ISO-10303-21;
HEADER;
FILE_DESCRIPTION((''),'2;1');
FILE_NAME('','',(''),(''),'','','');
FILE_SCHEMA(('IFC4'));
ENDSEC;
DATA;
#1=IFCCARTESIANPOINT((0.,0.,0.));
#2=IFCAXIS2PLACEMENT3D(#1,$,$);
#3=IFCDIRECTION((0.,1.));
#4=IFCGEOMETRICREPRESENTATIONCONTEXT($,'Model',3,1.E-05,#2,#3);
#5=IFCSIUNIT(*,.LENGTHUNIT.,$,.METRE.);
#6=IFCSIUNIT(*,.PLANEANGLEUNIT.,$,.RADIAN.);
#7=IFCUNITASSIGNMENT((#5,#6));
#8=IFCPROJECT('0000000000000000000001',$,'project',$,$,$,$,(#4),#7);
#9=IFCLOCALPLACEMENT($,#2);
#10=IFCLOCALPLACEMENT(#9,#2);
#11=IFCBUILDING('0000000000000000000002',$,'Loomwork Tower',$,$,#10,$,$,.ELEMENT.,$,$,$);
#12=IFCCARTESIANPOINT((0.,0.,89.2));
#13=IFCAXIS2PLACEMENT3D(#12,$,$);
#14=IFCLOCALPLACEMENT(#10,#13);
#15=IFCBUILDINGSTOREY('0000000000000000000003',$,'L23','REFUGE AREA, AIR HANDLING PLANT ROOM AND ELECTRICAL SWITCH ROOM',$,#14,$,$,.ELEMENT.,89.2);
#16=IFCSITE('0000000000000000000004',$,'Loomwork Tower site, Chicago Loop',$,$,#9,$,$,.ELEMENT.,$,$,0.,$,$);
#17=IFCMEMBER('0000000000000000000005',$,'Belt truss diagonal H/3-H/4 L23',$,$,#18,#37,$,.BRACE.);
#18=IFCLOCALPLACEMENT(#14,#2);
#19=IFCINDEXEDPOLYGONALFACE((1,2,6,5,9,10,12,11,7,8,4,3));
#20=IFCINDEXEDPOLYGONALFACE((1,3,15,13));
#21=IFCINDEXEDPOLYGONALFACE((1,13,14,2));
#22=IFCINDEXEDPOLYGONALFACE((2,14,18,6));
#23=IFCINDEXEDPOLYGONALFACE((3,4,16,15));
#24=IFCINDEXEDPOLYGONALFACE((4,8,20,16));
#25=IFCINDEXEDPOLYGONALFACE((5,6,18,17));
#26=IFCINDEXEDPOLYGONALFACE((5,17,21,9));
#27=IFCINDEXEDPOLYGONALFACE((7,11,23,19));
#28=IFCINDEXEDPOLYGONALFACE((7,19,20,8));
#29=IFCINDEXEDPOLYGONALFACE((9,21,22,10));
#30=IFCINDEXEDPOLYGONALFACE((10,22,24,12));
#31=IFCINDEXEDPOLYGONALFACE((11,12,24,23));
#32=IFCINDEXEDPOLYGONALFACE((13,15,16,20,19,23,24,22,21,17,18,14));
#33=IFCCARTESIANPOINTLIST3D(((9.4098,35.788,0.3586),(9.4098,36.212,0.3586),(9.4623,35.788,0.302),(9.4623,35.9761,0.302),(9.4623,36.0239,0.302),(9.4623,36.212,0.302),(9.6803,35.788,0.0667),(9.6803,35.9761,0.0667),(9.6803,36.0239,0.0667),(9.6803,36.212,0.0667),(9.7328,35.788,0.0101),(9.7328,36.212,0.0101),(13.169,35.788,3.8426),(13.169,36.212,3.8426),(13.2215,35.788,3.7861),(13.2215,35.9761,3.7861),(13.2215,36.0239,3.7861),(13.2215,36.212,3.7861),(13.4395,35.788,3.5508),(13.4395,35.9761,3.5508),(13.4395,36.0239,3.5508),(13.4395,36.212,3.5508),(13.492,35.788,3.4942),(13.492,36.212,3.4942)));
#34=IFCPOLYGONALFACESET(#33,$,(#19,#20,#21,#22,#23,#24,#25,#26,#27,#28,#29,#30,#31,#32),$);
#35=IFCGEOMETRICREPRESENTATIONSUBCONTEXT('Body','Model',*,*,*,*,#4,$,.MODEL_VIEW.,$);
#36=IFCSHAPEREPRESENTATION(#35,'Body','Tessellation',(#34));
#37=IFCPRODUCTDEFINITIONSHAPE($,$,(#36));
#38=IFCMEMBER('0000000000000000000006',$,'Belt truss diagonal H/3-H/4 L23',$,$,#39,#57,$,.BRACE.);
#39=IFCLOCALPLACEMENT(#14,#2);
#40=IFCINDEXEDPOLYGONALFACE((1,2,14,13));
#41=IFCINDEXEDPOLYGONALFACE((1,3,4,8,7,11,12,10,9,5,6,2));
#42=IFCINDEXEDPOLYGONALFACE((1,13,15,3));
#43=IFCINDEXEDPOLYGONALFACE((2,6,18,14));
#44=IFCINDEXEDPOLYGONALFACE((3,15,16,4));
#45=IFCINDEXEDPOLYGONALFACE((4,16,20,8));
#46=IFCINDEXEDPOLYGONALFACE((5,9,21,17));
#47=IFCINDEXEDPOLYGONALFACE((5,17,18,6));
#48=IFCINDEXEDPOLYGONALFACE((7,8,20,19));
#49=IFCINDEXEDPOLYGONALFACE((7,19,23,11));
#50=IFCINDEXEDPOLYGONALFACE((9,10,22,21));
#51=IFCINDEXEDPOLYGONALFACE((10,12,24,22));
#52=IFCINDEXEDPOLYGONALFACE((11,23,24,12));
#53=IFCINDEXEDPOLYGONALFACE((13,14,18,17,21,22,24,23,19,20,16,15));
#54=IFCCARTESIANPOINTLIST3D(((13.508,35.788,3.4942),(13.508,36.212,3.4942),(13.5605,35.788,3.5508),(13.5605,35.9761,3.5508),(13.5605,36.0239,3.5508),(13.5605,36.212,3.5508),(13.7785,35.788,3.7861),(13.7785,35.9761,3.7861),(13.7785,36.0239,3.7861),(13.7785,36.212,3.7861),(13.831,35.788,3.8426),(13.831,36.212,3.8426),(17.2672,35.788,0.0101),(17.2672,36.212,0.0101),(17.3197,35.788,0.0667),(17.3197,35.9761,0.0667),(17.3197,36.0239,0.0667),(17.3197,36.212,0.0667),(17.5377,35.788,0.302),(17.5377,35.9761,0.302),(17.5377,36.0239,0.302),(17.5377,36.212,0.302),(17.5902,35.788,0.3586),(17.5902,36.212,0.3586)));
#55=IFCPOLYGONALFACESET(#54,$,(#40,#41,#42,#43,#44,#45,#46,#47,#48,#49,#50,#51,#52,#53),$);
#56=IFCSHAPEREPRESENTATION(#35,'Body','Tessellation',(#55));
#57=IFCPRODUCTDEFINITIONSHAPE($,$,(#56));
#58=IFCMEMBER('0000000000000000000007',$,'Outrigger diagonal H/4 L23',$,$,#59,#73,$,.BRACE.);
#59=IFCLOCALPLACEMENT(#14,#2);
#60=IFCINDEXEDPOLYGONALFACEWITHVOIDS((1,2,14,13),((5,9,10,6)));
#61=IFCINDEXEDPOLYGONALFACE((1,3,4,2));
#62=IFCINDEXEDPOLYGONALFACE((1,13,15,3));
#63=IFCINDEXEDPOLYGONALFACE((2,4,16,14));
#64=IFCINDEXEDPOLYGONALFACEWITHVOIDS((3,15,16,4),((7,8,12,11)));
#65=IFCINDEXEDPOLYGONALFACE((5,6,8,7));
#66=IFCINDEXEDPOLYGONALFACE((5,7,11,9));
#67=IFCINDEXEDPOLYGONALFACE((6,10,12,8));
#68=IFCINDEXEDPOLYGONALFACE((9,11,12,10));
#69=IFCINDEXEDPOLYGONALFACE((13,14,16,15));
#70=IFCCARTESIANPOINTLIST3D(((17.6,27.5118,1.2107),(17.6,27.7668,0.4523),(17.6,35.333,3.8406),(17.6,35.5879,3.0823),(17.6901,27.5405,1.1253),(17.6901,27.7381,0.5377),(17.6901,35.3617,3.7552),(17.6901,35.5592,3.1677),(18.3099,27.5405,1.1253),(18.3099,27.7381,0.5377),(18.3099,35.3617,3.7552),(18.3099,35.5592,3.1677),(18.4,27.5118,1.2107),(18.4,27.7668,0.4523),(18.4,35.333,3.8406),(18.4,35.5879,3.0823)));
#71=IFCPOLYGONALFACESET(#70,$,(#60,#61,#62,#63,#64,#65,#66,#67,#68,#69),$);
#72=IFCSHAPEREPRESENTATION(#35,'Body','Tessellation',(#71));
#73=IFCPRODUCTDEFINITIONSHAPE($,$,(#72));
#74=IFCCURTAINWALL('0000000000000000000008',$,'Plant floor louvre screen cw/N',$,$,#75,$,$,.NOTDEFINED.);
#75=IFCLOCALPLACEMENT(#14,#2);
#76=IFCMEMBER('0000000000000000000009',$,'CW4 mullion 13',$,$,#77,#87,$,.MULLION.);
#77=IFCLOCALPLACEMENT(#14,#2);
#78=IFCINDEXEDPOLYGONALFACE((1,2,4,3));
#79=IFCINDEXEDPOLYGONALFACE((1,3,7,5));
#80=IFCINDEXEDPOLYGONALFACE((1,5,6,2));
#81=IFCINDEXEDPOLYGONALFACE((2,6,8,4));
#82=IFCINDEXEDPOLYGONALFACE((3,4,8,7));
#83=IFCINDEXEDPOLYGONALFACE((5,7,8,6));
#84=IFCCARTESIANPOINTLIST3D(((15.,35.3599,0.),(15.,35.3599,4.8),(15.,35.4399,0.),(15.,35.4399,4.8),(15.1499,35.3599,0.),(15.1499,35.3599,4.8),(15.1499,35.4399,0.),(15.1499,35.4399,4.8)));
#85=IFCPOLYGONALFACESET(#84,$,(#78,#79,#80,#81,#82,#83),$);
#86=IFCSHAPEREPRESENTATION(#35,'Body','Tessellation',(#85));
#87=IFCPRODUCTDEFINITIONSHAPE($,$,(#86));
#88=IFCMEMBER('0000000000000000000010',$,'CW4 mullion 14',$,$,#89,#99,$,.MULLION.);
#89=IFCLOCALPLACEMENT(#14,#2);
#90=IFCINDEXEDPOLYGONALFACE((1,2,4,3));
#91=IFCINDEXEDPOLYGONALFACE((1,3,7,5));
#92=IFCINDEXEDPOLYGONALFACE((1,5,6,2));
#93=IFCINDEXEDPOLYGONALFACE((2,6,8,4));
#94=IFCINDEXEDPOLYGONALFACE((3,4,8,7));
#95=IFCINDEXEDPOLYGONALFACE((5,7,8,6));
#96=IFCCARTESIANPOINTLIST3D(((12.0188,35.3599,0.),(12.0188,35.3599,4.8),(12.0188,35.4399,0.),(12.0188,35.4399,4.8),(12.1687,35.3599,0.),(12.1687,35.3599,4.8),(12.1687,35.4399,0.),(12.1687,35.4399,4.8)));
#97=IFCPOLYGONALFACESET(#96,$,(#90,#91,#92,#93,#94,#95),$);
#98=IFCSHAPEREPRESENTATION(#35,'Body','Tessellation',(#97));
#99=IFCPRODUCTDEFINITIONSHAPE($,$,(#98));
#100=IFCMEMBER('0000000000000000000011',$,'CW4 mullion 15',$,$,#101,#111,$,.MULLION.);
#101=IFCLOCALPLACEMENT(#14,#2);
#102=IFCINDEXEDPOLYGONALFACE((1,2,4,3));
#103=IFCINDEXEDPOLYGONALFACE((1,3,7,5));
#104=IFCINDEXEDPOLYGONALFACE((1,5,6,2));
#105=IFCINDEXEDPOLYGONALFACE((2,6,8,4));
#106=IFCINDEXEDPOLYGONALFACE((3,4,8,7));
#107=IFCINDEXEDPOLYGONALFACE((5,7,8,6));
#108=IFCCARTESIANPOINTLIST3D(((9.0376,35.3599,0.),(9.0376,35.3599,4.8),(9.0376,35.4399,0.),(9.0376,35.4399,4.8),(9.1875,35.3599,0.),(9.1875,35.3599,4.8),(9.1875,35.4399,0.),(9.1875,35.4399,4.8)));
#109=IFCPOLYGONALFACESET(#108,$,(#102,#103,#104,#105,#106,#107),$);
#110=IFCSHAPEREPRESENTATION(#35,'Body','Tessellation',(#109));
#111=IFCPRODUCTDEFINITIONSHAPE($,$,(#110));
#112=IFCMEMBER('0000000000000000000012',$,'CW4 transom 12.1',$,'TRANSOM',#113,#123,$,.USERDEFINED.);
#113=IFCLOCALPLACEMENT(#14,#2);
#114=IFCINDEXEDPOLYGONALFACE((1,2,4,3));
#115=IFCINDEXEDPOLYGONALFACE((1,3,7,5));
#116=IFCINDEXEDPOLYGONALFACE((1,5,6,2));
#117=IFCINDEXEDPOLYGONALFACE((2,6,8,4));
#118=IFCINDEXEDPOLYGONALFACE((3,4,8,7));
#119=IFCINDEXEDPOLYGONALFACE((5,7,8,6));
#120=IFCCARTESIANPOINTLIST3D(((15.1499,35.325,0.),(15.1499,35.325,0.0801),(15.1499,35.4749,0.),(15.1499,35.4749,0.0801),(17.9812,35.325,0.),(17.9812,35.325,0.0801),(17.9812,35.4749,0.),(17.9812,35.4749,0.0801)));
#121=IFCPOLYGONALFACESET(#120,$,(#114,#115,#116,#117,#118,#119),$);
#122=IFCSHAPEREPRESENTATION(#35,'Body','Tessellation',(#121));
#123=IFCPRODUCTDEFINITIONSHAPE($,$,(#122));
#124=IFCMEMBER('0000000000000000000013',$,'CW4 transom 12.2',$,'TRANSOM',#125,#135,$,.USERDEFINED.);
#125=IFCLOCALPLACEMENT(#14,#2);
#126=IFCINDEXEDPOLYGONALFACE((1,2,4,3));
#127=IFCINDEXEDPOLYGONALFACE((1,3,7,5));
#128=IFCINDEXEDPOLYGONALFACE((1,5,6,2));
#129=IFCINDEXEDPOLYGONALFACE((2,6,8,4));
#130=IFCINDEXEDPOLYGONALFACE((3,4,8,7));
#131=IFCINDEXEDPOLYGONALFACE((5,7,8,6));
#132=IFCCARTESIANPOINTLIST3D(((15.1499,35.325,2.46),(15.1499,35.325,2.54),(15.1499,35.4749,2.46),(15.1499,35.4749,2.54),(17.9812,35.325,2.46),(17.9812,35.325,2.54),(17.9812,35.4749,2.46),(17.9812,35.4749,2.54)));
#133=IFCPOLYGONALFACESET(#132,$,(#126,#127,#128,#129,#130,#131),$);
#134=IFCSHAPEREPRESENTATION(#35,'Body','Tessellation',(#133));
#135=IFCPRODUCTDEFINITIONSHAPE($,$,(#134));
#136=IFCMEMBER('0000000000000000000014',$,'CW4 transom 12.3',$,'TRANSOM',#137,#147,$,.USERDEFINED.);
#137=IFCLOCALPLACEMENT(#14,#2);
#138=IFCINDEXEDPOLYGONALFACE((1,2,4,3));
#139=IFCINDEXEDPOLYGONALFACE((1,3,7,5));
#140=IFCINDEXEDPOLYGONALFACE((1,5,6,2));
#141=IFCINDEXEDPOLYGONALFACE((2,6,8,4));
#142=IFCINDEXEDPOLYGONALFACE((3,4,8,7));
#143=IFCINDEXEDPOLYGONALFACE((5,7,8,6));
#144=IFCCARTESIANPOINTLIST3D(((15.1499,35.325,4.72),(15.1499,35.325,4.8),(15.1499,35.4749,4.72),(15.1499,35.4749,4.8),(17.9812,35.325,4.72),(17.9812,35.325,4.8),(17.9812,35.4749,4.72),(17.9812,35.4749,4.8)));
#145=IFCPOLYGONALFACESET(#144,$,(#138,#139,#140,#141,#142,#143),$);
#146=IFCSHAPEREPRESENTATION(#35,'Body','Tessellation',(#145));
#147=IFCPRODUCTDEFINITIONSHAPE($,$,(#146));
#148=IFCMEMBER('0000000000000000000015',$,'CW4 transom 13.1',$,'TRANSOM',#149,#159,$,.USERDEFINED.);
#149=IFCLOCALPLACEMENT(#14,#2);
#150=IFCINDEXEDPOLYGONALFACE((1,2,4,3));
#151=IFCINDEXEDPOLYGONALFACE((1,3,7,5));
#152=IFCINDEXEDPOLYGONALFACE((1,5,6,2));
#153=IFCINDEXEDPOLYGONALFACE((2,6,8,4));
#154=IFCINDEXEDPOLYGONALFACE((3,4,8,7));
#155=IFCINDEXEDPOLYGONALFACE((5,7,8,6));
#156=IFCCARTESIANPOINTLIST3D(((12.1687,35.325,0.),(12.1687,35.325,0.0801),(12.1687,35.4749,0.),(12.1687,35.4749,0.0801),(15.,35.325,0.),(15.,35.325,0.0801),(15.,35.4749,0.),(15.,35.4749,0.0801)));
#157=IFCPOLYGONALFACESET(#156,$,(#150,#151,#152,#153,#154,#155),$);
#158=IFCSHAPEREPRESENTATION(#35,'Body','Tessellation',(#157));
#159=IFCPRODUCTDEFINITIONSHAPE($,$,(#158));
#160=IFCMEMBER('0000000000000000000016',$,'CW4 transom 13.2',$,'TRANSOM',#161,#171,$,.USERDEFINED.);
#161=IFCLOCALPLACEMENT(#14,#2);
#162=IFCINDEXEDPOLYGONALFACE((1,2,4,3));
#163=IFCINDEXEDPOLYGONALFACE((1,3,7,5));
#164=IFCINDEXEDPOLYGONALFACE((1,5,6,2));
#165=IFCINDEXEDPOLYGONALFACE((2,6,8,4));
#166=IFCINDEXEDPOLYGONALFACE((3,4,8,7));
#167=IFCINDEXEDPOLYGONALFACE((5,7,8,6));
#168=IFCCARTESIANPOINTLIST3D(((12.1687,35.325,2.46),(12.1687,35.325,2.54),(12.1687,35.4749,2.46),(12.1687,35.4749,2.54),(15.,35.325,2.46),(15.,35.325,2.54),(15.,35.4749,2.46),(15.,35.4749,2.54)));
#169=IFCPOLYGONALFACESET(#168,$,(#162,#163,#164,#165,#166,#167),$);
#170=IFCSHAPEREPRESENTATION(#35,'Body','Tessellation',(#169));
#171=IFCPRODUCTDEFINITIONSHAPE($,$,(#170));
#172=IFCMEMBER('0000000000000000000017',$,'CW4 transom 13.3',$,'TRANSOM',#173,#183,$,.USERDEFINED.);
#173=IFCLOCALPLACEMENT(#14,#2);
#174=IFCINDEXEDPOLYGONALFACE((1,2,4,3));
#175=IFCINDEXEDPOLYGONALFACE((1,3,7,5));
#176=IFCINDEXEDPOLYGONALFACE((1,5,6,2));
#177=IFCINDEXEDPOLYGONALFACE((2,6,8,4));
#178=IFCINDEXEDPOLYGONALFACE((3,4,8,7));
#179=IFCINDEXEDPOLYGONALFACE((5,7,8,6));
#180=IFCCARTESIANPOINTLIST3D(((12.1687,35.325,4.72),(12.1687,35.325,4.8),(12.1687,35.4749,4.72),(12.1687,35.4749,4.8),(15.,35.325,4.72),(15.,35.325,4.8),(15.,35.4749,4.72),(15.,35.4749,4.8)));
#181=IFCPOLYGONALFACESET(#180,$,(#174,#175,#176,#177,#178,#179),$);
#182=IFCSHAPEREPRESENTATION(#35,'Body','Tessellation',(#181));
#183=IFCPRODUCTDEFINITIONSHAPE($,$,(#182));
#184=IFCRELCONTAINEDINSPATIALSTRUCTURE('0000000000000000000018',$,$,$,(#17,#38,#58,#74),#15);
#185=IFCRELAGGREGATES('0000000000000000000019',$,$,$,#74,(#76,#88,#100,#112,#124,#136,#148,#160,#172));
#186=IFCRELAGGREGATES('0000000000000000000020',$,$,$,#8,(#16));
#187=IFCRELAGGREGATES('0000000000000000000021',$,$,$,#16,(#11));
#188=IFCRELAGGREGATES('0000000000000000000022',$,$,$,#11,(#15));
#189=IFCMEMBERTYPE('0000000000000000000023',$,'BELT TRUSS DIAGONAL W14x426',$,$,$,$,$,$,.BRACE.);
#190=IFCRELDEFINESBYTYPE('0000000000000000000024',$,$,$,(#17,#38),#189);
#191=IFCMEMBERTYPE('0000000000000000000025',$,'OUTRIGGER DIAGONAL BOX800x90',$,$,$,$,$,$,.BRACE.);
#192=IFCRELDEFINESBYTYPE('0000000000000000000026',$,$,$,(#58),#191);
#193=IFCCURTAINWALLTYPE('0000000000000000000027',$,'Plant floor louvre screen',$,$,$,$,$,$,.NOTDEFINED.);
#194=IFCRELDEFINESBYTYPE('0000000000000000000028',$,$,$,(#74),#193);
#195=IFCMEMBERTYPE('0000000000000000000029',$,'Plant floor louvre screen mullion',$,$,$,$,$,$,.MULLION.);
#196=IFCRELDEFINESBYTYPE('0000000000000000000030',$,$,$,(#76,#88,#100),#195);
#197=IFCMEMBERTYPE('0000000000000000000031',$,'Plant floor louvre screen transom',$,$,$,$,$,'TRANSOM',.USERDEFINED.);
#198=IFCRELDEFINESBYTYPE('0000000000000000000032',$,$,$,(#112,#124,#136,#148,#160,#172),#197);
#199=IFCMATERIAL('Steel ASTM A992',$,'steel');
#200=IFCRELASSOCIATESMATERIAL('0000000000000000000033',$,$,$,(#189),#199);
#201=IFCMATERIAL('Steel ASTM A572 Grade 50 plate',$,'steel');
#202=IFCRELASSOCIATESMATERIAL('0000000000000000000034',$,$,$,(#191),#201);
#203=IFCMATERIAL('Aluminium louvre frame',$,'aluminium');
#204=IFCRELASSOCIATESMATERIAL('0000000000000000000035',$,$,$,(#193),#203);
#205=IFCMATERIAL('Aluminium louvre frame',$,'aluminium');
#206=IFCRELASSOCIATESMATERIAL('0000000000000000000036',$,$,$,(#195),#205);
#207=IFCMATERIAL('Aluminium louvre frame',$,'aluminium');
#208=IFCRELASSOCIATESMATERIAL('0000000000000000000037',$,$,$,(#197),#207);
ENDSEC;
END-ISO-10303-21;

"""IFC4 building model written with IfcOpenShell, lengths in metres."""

from ifc_helpers import new_model, si_unit, direction, frame, origin, origin_2d, place, context, subcontext, project, spatial, rectangle, hollow_rectangle, i_section, extrude, material, material_profile, profile_set, type_object, element, aggregate, save


model = new_model("IFC4")

# Units and contexts
model_context = context("Model", 3, precision=1e-05, world=origin(), true_north=direction((0.0, 1.0)))
body_context = subcontext(model_context, "Body", "Model", "MODEL_VIEW")
ifc_project = project(units=[si_unit("LENGTHUNIT", "METRE"), si_unit("PLANEANGLEUNIT", "RADIAN")], contexts=[model_context])

# Site, building, storey
site_placement = place(None, origin())
site = spatial("IfcSite", under=ifc_project, at=site_placement, Name="Loomwork Tower site, Chicago Loop", CompositionType="ELEMENT", RefElevation=0.0)
building_placement = place(site_placement, origin())
building = spatial("IfcBuilding", under=site, at=building_placement, Name="Loomwork Tower", CompositionType="ELEMENT")
storey_placement = place(building_placement, frame((0.0, 0.0, 89.2)))
storey = spatial("IfcBuildingStorey", under=building, at=storey_placement, Name="L23", Description="REFUGE AREA, AIR HANDLING PLANT ROOM AND ELECTRICAL SWITCH ROOM", CompositionType="ELEMENT", Elevation=89.2)

# Members
ifc_material_1 = material(Name="Steel ASTM A992", Category="steel")
ifc_material_profile_1 = material_profile(ifc_material_1, i_section(OverallWidth=0.4241, OverallDepth=0.4751, WebThickness=0.0479, FlangeThickness=0.0771, at=origin_2d()), Name="W14x426")
ifc_profile_set_1 = profile_set([ifc_material_profile_1], Name="Steel ASTM A992")
member_type_1 = type_object("IfcMemberType", Name="BELT TRUSS DIAGONAL W14x426", PredefinedType="BRACE", material=ifc_profile_set_1)
for number, where, z_axis, x_axis, name in (
    (1, (9.5713, 36.0, 0.1843), (0.733438, 0.0, 0.679757), (0.0, 1.0, 0.0), "Belt truss diagonal H/3-H/4 L23"),
    (2, (17.4287, 36.0, 0.1843), (-0.733438, 0.0, 0.679757), (0.0, -1.0, 0.0), "Belt truss diagonal H/3-H/4 L23"),
):
    element("IfcMember", number, at=place(storey_placement, frame(where, z_axis=z_axis, x_axis=x_axis)), inside=storey, type_object=member_type_1, Name=name, PredefinedType="BRACE", context=body_context, shape_type="SweptSolid", body=[
        extrude(i_section(OverallWidth=0.4241, OverallDepth=0.4751, WebThickness=0.0479, FlangeThickness=0.0771, at=origin_2d()), origin(), (0.0, 0.0, 1.0), 5.1255),
    ])
ifc_material_2 = material(Name="Steel ASTM A572 Grade 50 plate", Category="steel")
ifc_material_profile_2 = material_profile(ifc_material_2, hollow_rectangle(XDim=0.8, YDim=0.8, WallThickness=0.0901, at=origin_2d()), Name="BOX800x90")
ifc_profile_set_2 = profile_set([ifc_material_profile_2], Name="Steel ASTM A572 Grade 50 plate")
member_type_2 = type_object("IfcMemberType", Name="OUTRIGGER DIAGONAL BOX800x90", PredefinedType="BRACE", material=ifc_profile_set_2)
member_1_placement = place(storey_placement, frame((18.0, 35.4604, 3.4614), z_axis=(0.0, -0.947849, -0.318721), x_axis=(1.0, 0.0, 0.0)))
element("IfcMember", 3, at=member_1_placement, inside=storey, type_object=member_type_2, Name="Outrigger diagonal H/4 L23", PredefinedType="BRACE", context=body_context, shape_type="SweptSolid", body=[
    extrude(hollow_rectangle(XDim=0.8, YDim=0.8, WallThickness=0.0901, at=origin_2d()), origin(), (0.0, 0.0, 1.0), 8.2515),
])

# Curtain wall, members
ifc_material_3 = material(Name="Aluminium louvre frame", Category="aluminium")
curtain_wall_type = type_object("IfcCurtainWallType", Name="Plant floor louvre screen", PredefinedType="NOTDEFINED", material=ifc_material_3)
curtain_wall_placement = place(storey_placement, origin())
curtain_wall = element("IfcCurtainWall", 4, at=curtain_wall_placement, inside=storey, type_object=curtain_wall_type, Name="Plant floor louvre screen cw/N", PredefinedType="NOTDEFINED")
ifc_material_4 = material(Name="Aluminium louvre frame", Category="aluminium")
ifc_material_profile_3 = material_profile(ifc_material_4, rectangle(XDim=0.0801, YDim=0.1499, at=origin_2d()), Name="AL 80x150")
ifc_profile_set_3 = profile_set([ifc_material_profile_3], Name="Aluminium louvre frame")
member_type_3 = type_object("IfcMemberType", Name="Plant floor louvre screen mullion", PredefinedType="MULLION", material=ifc_profile_set_3)
member_2_placement = place(storey_placement, frame((15.075, 35.3999, 0.0), z_axis=(0.0, 0.0, 1.0), x_axis=(0.0, -1.0, 0.0)))
member_2 = element("IfcMember", 5, at=member_2_placement, type_object=member_type_3, Name="CW4 mullion 13", PredefinedType="MULLION", context=body_context, shape_type="SweptSolid", body=[
    extrude(rectangle(XDim=0.0801, YDim=0.1499, at=origin_2d()), origin(), (0.0, 0.0, 1.0), 4.8),
])
member_3_placement = place(storey_placement, frame((12.0938, 35.3999, 0.0), z_axis=(0.0, 0.0, 1.0), x_axis=(0.0, -1.0, 0.0)))
member_3 = element("IfcMember", 6, at=member_3_placement, type_object=member_type_3, Name="CW4 mullion 14", PredefinedType="MULLION", context=body_context, shape_type="SweptSolid", body=[
    extrude(rectangle(XDim=0.0801, YDim=0.1499, at=origin_2d()), origin(), (0.0, 0.0, 1.0), 4.8),
])
member_4_placement = place(storey_placement, frame((9.1125, 35.3999, 0.0), z_axis=(0.0, 0.0, 1.0), x_axis=(0.0, -1.0, 0.0)))
member_4 = element("IfcMember", 7, at=member_4_placement, type_object=member_type_3, Name="CW4 mullion 15", PredefinedType="MULLION", context=body_context, shape_type="SweptSolid", body=[
    extrude(rectangle(XDim=0.0801, YDim=0.1499, at=origin_2d()), origin(), (0.0, 0.0, 1.0), 4.8),
])
ifc_material_5 = material(Name="Aluminium louvre frame", Category="aluminium")
ifc_material_profile_4 = material_profile(ifc_material_5, rectangle(XDim=0.1499, YDim=0.0801, at=origin_2d()), Name="AL 80x150")
ifc_profile_set_4 = profile_set([ifc_material_profile_4], Name="Aluminium louvre frame")
member_type_4 = type_object("IfcMemberType", Name="Plant floor louvre screen transom", ElementType="TRANSOM", PredefinedType="USERDEFINED", material=ifc_profile_set_4)
member_5_placement = place(storey_placement, frame((17.9812, 35.3999, 0.04), z_axis=(-1.0, 0.0, 0.0), x_axis=(0.0, -1.0, 0.0)))
member_5 = element("IfcMember", 8, at=member_5_placement, type_object=member_type_4, Name="CW4 transom 12.1", ObjectType="TRANSOM", PredefinedType="USERDEFINED", context=body_context, shape_type="SweptSolid", body=[
    extrude(rectangle(XDim=0.1499, YDim=0.0801, at=origin_2d()), origin(), (0.0, 0.0, 1.0), 2.8313),
])
member_6_placement = place(storey_placement, frame((17.9812, 35.3999, 2.5), z_axis=(-1.0, 0.0, 0.0), x_axis=(0.0, -1.0, 0.0)))
member_6 = element("IfcMember", 9, at=member_6_placement, type_object=member_type_4, Name="CW4 transom 12.2", ObjectType="TRANSOM", PredefinedType="USERDEFINED", context=body_context, shape_type="SweptSolid", body=[
    extrude(rectangle(XDim=0.1499, YDim=0.0801, at=origin_2d()), origin(), (0.0, 0.0, 1.0), 2.8313),
])
member_7_placement = place(storey_placement, frame((17.9812, 35.3999, 4.76), z_axis=(-1.0, 0.0, 0.0), x_axis=(0.0, -1.0, 0.0)))
member_7 = element("IfcMember", 10, at=member_7_placement, type_object=member_type_4, Name="CW4 transom 12.3", ObjectType="TRANSOM", PredefinedType="USERDEFINED", context=body_context, shape_type="SweptSolid", body=[
    extrude(rectangle(XDim=0.1499, YDim=0.0801, at=origin_2d()), origin(), (0.0, 0.0, 1.0), 2.8313),
])
member_8_placement = place(storey_placement, frame((15.0, 35.3999, 0.04), z_axis=(-1.0, 0.0, 0.0), x_axis=(0.0, -1.0, 0.0)))
member_8 = element("IfcMember", 11, at=member_8_placement, type_object=member_type_4, Name="CW4 transom 13.1", ObjectType="TRANSOM", PredefinedType="USERDEFINED", context=body_context, shape_type="SweptSolid", body=[
    extrude(rectangle(XDim=0.1499, YDim=0.0801, at=origin_2d()), origin(), (0.0, 0.0, 1.0), 2.8313),
])
member_9_placement = place(storey_placement, frame((15.0, 35.3999, 2.5), z_axis=(-1.0, 0.0, 0.0), x_axis=(0.0, -1.0, 0.0)))
member_9 = element("IfcMember", 12, at=member_9_placement, type_object=member_type_4, Name="CW4 transom 13.2", ObjectType="TRANSOM", PredefinedType="USERDEFINED", context=body_context, shape_type="SweptSolid", body=[
    extrude(rectangle(XDim=0.1499, YDim=0.0801, at=origin_2d()), origin(), (0.0, 0.0, 1.0), 2.8313),
])
member_10_placement = place(storey_placement, frame((15.0, 35.3999, 4.76), z_axis=(-1.0, 0.0, 0.0), x_axis=(0.0, -1.0, 0.0)))
member_10 = element("IfcMember", 13, at=member_10_placement, type_object=member_type_4, Name="CW4 transom 13.3", ObjectType="TRANSOM", PredefinedType="USERDEFINED", context=body_context, shape_type="SweptSolid", body=[
    extrude(rectangle(XDim=0.1499, YDim=0.0801, at=origin_2d()), origin(), (0.0, 0.0, 1.0), 2.8313),
])
aggregate(curtain_wall, [member_2, member_3, member_4, member_5, member_6, member_7, member_8, member_9, member_10])

save(model, "model.ifc")
